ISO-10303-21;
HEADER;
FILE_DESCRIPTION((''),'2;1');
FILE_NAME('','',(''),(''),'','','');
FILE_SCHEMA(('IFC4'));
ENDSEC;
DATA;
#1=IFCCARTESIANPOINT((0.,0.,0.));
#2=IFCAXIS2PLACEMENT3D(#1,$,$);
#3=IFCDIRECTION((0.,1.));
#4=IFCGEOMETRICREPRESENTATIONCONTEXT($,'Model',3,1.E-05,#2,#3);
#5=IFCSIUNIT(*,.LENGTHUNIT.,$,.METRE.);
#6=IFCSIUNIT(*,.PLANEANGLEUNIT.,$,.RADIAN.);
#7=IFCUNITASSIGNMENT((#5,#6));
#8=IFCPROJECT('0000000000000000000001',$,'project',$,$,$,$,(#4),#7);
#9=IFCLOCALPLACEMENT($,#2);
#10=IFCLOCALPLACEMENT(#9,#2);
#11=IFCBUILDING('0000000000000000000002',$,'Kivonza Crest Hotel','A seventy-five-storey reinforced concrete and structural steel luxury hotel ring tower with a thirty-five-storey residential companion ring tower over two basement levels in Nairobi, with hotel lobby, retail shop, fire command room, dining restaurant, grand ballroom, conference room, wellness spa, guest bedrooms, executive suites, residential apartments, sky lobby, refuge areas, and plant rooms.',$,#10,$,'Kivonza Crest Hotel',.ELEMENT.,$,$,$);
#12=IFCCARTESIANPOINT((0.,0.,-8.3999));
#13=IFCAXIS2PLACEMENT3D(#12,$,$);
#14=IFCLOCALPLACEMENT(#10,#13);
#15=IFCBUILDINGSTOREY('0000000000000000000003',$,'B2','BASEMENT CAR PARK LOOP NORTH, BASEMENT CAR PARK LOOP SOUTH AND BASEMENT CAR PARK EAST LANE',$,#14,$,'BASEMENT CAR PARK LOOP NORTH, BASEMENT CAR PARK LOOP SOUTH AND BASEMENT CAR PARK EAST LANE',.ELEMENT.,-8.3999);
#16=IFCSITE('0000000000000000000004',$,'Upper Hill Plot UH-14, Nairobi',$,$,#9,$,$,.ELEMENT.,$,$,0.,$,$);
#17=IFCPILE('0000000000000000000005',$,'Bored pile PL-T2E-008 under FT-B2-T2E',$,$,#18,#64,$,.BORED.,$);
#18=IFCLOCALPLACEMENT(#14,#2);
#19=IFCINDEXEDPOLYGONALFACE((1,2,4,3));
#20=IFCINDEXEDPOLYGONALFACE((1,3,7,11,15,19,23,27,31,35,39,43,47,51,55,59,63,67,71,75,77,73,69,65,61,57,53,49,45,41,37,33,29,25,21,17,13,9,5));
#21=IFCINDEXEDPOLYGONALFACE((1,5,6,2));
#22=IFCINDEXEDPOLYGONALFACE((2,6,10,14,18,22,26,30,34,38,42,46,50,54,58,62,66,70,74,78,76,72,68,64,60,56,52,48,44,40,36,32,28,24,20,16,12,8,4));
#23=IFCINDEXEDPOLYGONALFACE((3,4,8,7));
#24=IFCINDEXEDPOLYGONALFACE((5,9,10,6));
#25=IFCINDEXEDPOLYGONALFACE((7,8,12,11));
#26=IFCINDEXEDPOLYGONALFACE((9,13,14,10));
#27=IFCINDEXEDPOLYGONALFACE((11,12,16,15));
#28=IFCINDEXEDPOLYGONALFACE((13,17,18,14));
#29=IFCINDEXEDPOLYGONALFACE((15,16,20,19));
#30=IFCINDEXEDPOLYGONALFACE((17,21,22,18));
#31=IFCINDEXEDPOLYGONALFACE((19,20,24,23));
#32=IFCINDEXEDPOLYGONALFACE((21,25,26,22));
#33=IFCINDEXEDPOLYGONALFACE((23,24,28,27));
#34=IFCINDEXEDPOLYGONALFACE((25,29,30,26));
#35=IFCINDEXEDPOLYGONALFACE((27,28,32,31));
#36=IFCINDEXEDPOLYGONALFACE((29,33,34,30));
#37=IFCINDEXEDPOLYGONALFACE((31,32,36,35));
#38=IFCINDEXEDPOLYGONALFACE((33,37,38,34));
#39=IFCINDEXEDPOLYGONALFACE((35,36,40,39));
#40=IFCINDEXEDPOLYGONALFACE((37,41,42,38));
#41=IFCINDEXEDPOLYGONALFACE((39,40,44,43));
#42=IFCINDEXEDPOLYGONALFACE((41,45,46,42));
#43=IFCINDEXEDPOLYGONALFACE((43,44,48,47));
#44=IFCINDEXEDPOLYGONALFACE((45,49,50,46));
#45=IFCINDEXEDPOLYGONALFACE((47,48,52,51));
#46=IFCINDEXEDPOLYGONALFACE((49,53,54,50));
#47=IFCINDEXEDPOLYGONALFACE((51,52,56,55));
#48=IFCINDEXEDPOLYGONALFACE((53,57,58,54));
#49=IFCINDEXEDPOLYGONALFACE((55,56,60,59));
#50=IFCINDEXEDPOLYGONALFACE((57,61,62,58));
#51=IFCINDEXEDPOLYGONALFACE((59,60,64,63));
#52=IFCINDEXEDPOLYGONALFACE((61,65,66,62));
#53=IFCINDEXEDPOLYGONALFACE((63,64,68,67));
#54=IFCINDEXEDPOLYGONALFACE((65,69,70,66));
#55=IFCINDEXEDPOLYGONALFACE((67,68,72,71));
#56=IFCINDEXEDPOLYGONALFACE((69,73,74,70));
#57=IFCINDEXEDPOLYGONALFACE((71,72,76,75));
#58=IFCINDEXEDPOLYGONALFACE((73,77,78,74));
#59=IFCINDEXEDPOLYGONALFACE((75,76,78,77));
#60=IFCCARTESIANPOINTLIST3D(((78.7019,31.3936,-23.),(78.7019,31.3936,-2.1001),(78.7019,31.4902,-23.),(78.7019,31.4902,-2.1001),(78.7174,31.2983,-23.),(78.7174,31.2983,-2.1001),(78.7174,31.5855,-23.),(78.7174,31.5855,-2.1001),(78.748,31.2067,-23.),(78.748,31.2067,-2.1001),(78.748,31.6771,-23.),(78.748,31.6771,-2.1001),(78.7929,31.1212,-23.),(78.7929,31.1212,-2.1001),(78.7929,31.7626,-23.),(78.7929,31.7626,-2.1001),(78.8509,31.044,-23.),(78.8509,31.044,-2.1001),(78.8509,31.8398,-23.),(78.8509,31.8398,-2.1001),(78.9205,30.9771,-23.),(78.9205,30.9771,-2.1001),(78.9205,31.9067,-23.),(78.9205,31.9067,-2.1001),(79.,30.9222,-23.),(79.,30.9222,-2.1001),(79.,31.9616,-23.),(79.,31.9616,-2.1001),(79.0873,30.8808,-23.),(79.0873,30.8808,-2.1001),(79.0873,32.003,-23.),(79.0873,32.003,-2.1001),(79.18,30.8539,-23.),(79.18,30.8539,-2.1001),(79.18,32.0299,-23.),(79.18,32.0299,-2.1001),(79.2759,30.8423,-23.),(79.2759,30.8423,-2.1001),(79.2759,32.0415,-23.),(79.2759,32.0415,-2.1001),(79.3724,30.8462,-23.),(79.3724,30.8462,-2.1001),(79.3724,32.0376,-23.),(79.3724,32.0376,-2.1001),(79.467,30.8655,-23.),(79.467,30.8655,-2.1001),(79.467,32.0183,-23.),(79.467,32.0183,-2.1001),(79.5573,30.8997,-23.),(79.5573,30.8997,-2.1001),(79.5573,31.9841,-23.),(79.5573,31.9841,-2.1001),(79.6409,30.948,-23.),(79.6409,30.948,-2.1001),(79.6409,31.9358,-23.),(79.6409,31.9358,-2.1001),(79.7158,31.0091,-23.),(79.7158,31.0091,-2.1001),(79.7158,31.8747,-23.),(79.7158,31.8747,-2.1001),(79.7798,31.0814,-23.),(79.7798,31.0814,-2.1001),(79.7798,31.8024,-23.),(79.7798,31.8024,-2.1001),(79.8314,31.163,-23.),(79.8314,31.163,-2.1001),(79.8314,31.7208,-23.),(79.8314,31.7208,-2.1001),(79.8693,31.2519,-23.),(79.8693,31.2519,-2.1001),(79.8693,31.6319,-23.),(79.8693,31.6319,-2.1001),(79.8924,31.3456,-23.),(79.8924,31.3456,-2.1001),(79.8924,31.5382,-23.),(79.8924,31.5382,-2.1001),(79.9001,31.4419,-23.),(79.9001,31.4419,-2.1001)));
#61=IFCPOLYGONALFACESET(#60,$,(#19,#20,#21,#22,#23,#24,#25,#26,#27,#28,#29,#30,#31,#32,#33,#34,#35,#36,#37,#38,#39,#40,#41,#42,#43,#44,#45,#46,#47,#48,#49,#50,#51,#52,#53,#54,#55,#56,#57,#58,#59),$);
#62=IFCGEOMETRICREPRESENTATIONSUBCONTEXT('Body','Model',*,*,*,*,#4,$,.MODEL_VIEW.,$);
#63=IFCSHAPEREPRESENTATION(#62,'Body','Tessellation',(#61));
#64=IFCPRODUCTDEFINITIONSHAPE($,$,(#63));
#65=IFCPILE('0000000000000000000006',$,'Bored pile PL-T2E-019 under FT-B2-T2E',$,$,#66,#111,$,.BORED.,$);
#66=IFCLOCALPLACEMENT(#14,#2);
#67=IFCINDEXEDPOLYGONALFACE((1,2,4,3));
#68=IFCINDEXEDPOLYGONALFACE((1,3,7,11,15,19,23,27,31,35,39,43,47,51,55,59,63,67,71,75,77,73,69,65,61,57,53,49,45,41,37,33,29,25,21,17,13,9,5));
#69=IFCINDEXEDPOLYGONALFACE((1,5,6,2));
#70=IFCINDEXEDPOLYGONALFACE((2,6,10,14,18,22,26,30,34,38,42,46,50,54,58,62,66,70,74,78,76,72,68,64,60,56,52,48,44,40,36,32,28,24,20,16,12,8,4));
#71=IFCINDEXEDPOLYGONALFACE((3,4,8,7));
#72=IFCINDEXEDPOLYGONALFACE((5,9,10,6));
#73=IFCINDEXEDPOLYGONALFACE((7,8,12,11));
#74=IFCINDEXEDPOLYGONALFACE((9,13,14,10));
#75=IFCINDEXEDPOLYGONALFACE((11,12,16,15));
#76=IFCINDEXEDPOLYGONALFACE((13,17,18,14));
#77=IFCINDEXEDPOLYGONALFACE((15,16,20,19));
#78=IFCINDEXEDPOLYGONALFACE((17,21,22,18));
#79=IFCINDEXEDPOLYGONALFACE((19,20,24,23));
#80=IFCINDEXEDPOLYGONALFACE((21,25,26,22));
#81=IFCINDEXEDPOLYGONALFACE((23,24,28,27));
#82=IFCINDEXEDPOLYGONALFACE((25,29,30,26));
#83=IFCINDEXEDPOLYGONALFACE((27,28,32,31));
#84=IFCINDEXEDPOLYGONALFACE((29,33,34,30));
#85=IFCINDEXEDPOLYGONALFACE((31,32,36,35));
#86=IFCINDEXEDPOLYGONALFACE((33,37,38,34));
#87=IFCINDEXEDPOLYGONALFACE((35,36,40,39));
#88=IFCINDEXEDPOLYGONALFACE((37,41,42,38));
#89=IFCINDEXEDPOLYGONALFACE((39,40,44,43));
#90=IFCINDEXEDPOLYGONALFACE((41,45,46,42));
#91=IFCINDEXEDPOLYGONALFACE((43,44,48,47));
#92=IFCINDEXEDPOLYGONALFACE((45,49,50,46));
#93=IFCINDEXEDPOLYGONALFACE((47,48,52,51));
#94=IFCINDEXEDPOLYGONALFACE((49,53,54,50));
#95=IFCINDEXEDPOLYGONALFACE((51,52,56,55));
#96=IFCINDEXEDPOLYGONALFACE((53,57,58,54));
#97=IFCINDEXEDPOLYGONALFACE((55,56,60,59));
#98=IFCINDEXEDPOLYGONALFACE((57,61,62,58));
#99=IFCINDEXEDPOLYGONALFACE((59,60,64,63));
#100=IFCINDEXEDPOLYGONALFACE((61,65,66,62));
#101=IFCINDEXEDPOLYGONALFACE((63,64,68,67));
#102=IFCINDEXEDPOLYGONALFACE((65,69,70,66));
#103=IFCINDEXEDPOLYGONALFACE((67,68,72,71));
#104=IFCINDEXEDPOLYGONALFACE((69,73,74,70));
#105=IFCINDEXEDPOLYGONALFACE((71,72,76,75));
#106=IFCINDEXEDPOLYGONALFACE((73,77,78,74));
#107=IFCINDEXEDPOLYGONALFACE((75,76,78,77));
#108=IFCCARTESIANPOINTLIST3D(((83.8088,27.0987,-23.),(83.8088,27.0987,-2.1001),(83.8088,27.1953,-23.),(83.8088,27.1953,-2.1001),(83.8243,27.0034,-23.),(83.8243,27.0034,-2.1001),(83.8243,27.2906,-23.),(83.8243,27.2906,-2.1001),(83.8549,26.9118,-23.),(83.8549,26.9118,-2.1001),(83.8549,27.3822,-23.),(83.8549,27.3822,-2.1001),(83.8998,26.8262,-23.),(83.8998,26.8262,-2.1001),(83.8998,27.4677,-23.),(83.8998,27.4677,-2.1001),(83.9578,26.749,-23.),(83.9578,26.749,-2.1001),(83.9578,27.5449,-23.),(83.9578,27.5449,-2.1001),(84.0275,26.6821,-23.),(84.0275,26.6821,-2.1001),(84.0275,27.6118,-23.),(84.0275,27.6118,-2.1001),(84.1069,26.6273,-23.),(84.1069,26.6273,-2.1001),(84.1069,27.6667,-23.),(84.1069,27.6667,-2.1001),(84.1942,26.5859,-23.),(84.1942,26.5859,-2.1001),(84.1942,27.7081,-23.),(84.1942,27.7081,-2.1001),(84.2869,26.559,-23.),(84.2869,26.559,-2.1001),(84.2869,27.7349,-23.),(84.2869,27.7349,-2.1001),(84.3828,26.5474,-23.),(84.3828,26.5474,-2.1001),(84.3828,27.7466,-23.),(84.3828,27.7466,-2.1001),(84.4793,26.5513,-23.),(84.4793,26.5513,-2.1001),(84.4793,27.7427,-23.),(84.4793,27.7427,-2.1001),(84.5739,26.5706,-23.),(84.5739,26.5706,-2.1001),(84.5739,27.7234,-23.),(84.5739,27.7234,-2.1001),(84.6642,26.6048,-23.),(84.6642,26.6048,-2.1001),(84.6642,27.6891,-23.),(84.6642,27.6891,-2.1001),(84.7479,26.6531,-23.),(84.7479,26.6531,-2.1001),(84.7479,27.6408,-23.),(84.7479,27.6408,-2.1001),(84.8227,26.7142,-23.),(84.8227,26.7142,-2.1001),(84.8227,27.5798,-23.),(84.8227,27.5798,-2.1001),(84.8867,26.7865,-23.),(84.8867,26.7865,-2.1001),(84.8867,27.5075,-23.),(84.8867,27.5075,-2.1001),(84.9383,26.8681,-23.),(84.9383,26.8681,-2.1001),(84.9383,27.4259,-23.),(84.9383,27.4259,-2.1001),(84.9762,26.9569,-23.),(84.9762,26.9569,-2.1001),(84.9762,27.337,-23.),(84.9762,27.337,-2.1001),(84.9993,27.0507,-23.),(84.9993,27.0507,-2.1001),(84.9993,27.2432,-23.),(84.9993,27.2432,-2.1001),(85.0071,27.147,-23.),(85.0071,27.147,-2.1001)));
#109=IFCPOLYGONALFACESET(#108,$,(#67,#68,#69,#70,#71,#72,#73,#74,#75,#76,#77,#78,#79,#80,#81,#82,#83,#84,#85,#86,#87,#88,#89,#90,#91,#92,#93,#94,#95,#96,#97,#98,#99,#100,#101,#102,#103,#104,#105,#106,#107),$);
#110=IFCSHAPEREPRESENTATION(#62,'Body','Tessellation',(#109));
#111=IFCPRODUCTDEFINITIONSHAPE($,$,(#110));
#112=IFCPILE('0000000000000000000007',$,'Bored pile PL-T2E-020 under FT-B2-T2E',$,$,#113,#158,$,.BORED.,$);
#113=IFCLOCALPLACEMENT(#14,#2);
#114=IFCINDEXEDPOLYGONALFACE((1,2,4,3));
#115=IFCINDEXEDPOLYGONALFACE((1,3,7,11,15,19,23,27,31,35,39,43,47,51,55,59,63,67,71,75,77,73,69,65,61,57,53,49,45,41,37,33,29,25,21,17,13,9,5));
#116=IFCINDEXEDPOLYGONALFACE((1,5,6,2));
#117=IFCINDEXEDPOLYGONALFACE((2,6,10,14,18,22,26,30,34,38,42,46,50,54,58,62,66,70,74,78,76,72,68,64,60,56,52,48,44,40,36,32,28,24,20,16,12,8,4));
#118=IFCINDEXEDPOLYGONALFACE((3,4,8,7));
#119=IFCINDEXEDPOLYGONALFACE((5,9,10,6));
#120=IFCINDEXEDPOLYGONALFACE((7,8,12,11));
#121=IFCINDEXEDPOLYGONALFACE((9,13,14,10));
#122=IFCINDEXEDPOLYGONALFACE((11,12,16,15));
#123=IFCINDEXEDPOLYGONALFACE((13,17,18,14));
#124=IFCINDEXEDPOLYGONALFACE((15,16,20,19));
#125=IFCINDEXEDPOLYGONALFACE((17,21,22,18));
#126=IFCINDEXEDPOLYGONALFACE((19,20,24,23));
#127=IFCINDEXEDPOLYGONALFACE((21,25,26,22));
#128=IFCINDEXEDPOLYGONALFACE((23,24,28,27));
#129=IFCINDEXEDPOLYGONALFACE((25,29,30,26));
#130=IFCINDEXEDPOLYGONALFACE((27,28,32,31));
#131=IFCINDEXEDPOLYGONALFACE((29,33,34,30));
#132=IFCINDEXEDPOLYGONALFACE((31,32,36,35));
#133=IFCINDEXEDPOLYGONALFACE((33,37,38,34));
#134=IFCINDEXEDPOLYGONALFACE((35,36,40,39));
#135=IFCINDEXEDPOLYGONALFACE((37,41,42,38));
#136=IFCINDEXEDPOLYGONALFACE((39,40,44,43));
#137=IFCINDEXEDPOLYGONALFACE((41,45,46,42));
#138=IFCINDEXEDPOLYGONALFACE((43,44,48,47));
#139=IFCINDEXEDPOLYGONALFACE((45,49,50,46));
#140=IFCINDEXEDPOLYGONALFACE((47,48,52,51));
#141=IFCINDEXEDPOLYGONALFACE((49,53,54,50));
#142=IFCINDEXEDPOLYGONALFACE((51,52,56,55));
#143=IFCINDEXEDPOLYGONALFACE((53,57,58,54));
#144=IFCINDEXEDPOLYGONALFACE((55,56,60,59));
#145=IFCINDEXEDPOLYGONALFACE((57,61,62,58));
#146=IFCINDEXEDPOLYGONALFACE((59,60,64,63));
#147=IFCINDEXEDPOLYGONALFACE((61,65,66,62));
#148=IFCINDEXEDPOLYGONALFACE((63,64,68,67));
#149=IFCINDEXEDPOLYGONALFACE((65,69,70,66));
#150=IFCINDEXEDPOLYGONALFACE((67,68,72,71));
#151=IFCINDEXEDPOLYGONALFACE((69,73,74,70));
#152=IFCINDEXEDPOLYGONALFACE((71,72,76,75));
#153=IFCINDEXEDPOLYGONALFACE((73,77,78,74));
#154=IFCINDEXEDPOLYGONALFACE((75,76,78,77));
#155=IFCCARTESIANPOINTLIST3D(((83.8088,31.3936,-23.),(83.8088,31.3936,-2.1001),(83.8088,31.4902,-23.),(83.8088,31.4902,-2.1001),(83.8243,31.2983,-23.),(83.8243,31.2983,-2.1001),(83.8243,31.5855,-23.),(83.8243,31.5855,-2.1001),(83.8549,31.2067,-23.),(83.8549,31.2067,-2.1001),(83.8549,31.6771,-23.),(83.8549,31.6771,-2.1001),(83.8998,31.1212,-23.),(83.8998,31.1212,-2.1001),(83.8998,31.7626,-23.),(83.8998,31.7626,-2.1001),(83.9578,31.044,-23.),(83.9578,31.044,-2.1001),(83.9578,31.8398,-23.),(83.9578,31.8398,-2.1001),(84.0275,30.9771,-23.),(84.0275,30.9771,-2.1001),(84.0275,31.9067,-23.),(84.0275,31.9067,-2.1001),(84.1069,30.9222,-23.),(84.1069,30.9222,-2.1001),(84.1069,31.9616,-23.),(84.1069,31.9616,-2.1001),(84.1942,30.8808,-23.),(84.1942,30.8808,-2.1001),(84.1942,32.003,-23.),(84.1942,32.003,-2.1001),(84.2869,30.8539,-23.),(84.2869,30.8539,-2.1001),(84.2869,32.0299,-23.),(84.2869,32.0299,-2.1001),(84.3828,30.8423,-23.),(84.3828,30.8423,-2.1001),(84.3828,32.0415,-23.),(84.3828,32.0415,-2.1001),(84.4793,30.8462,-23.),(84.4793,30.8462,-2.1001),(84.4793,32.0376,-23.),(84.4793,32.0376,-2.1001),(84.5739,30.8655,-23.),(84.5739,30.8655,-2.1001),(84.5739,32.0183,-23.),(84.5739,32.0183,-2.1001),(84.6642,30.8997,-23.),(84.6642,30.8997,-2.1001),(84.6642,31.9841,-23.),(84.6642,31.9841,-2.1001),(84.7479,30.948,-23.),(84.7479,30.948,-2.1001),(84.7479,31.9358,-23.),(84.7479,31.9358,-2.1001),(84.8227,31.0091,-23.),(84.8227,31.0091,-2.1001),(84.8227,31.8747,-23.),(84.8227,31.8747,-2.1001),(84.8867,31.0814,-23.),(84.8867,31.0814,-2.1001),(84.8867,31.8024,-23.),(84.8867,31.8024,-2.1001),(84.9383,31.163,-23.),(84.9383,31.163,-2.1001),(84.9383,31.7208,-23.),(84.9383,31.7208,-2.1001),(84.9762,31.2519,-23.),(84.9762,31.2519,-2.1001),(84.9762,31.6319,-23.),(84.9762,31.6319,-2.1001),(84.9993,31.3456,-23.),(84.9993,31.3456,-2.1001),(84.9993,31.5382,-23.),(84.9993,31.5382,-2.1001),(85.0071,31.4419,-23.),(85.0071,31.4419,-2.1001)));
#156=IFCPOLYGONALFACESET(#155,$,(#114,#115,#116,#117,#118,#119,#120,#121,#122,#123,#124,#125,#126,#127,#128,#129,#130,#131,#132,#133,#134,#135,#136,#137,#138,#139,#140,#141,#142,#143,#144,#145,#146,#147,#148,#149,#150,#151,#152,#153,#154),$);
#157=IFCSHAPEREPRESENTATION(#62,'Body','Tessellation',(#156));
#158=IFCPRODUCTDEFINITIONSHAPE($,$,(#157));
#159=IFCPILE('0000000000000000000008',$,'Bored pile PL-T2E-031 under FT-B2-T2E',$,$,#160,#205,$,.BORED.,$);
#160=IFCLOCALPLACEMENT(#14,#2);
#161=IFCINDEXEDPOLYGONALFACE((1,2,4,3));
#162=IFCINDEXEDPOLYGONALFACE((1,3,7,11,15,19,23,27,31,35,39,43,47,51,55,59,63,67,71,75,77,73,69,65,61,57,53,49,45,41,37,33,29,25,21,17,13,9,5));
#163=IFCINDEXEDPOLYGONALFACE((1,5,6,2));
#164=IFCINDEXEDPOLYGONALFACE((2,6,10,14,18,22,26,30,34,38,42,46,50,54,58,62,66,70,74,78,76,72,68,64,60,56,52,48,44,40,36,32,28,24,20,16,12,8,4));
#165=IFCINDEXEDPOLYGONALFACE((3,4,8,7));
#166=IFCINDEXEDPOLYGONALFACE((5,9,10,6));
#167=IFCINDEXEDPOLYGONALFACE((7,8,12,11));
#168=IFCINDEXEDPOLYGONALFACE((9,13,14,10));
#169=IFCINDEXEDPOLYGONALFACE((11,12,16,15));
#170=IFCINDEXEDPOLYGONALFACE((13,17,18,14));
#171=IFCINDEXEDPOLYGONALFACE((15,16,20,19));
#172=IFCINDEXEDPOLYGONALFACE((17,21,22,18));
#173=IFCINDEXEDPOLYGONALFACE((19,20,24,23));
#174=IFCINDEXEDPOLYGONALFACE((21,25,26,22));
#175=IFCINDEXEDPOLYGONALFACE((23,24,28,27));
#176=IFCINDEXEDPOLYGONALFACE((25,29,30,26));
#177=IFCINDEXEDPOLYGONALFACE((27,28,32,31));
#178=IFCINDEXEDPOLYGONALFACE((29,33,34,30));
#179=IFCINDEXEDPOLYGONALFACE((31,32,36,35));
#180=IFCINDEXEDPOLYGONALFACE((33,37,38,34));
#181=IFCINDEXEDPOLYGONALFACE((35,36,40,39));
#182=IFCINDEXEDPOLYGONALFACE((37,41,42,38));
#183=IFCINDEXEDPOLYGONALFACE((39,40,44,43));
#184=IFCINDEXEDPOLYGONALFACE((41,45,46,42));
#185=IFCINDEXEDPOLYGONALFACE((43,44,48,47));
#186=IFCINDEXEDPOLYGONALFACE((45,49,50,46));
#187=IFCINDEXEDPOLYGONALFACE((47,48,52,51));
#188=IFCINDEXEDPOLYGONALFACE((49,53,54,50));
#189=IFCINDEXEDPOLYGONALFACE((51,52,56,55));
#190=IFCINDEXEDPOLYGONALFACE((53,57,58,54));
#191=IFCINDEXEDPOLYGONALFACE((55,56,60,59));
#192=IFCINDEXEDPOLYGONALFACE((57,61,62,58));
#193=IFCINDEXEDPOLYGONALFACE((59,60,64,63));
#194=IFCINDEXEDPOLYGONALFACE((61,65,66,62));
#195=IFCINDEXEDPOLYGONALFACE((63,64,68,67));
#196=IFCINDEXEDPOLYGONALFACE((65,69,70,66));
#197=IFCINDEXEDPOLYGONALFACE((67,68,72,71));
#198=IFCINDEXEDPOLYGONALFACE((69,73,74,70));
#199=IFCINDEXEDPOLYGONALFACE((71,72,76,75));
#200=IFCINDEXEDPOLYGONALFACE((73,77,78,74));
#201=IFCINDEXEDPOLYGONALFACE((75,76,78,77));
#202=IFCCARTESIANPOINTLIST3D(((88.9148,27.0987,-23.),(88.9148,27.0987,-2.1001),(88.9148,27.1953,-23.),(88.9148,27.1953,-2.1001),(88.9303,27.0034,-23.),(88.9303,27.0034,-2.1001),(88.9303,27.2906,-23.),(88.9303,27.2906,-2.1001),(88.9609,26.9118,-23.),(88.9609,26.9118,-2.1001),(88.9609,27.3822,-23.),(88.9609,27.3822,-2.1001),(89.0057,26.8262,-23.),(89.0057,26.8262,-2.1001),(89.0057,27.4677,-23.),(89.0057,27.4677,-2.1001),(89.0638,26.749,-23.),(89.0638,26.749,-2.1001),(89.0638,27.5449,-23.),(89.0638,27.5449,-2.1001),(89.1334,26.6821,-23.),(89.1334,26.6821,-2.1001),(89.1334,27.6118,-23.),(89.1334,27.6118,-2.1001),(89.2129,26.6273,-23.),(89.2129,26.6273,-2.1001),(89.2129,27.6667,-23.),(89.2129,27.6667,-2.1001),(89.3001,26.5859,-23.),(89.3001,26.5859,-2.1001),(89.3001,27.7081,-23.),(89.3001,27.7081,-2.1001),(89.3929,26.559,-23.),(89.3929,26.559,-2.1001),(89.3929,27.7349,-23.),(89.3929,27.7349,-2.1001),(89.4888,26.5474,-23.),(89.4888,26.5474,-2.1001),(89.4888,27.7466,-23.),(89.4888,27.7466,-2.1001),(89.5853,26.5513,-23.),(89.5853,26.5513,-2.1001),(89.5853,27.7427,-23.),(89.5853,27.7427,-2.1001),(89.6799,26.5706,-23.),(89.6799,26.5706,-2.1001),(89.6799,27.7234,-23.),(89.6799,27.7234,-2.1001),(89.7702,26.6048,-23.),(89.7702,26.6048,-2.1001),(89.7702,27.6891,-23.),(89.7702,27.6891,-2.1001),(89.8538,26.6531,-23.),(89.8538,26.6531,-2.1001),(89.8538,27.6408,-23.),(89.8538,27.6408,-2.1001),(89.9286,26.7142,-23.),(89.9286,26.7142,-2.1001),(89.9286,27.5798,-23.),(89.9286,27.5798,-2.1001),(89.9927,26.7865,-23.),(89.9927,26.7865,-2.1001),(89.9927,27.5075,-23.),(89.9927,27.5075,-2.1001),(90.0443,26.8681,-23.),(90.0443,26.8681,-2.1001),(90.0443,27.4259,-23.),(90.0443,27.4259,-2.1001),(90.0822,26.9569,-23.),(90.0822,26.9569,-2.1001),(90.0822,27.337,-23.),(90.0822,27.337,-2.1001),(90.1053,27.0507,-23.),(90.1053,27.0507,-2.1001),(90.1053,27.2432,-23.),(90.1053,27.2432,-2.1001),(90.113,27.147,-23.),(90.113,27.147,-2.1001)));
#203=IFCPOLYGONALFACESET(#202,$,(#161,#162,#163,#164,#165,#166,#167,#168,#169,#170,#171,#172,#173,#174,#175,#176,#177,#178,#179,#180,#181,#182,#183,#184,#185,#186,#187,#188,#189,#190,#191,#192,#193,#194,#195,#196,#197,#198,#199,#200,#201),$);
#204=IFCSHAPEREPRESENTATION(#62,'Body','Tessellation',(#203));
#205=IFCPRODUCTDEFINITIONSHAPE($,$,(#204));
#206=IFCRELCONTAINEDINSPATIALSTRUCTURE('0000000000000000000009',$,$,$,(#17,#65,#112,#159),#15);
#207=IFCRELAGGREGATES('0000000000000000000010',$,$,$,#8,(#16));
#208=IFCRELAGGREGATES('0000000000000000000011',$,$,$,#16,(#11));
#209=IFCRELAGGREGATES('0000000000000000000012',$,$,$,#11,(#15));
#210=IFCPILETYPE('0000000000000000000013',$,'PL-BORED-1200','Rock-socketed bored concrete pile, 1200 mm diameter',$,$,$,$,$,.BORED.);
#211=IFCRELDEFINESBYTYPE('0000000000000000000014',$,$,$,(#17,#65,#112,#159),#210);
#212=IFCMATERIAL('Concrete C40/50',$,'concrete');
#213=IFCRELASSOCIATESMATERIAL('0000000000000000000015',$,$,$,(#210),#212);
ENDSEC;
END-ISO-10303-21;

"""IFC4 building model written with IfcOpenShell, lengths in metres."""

from ifc_helpers import new_model, si_unit, direction, frame, origin, origin_2d, place, context, subcontext, project, spatial, circle, extrude, material, material_profile, profile_set, type_object, element, save


model = new_model("IFC4")

# Units and contexts
model_context = context("Model", 3, precision=1e-05, world=origin(), true_north=direction((0.0, 1.0)))
body_context = subcontext(model_context, "Body", "Model", "MODEL_VIEW")
ifc_project = project(units=[si_unit("LENGTHUNIT", "METRE"), si_unit("PLANEANGLEUNIT", "RADIAN")], contexts=[model_context])

# Site, building, storey
site_placement = place(None, origin())
site = spatial("IfcSite", under=ifc_project, at=site_placement, Name="Upper Hill Plot UH-14, Nairobi", CompositionType="ELEMENT", RefElevation=0.0)
building_placement = place(site_placement, origin())
building = spatial("IfcBuilding", under=site, at=building_placement, Name="Kivonza Crest Hotel", Description="A seventy-five-storey reinforced concrete and structural steel luxury hotel ring tower with a thirty-five-storey residential companion ring tower over two basement levels in Nairobi, with hotel lobby, retail shop, fire command room, dining restaurant, grand ballroom, conference room, wellness spa, guest bedrooms, executive suites, residential apartments, sky lobby, refuge areas, and plant rooms.", LongName="Kivonza Crest Hotel", CompositionType="ELEMENT")
storey_placement = place(building_placement, frame((0.0, 0.0, -8.3999)))
storey = spatial("IfcBuildingStorey", under=building, at=storey_placement, Name="B2", Description="BASEMENT CAR PARK LOOP NORTH, BASEMENT CAR PARK LOOP SOUTH AND BASEMENT CAR PARK EAST LANE", LongName="BASEMENT CAR PARK LOOP NORTH, BASEMENT CAR PARK LOOP SOUTH AND BASEMENT CAR PARK EAST LANE", CompositionType="ELEMENT", Elevation=-8.3999)

# Piles
ifc_material_1 = material(Name="Concrete C40/50", Category="concrete")
ifc_material_profile_1 = material_profile(ifc_material_1, circle(Radius=0.6001, at=origin_2d()), Name="PILE D1200")
ifc_profile_set_1 = profile_set([ifc_material_profile_1], Name="Concrete C40/50")
pile_type = type_object("IfcPileType", Name="PL-BORED-1200", Description="Rock-socketed bored concrete pile, 1200 mm diameter", PredefinedType="BORED", material=ifc_profile_set_1)
for number, where, z_axis, x_axis, name in (
    (1, (79.3, 31.4419, -2.1001), (0.0, 0.0, -1.0), (1.0, 0.0, 0.0), "Bored pile PL-T2E-008 under FT-B2-T2E"),
    (2, (84.407, 27.147, -2.1001), (0.0, 0.0, -1.0), (1.0, 0.0, 0.0), "Bored pile PL-T2E-019 under FT-B2-T2E"),
    (3, (84.407, 31.4419, -2.1001), (0.0, 0.0, -1.0), (1.0, 0.0, 0.0), "Bored pile PL-T2E-020 under FT-B2-T2E"),
    (4, (89.5129, 27.147, -2.1001), (0.0, 0.0, -1.0), (1.0, 0.0, 0.0), "Bored pile PL-T2E-031 under FT-B2-T2E"),
):
    element("IfcPile", number, at=place(storey_placement, frame(where, z_axis=z_axis, x_axis=x_axis)), inside=storey, type_object=pile_type, Name=name, PredefinedType="BORED", context=body_context, shape_type="SweptSolid", body=[
        extrude(circle(Radius=0.6001, at=origin_2d()), origin(), (0.0, 0.0, 1.0), 20.8999),
    ])

save(model, "model.ifc")
